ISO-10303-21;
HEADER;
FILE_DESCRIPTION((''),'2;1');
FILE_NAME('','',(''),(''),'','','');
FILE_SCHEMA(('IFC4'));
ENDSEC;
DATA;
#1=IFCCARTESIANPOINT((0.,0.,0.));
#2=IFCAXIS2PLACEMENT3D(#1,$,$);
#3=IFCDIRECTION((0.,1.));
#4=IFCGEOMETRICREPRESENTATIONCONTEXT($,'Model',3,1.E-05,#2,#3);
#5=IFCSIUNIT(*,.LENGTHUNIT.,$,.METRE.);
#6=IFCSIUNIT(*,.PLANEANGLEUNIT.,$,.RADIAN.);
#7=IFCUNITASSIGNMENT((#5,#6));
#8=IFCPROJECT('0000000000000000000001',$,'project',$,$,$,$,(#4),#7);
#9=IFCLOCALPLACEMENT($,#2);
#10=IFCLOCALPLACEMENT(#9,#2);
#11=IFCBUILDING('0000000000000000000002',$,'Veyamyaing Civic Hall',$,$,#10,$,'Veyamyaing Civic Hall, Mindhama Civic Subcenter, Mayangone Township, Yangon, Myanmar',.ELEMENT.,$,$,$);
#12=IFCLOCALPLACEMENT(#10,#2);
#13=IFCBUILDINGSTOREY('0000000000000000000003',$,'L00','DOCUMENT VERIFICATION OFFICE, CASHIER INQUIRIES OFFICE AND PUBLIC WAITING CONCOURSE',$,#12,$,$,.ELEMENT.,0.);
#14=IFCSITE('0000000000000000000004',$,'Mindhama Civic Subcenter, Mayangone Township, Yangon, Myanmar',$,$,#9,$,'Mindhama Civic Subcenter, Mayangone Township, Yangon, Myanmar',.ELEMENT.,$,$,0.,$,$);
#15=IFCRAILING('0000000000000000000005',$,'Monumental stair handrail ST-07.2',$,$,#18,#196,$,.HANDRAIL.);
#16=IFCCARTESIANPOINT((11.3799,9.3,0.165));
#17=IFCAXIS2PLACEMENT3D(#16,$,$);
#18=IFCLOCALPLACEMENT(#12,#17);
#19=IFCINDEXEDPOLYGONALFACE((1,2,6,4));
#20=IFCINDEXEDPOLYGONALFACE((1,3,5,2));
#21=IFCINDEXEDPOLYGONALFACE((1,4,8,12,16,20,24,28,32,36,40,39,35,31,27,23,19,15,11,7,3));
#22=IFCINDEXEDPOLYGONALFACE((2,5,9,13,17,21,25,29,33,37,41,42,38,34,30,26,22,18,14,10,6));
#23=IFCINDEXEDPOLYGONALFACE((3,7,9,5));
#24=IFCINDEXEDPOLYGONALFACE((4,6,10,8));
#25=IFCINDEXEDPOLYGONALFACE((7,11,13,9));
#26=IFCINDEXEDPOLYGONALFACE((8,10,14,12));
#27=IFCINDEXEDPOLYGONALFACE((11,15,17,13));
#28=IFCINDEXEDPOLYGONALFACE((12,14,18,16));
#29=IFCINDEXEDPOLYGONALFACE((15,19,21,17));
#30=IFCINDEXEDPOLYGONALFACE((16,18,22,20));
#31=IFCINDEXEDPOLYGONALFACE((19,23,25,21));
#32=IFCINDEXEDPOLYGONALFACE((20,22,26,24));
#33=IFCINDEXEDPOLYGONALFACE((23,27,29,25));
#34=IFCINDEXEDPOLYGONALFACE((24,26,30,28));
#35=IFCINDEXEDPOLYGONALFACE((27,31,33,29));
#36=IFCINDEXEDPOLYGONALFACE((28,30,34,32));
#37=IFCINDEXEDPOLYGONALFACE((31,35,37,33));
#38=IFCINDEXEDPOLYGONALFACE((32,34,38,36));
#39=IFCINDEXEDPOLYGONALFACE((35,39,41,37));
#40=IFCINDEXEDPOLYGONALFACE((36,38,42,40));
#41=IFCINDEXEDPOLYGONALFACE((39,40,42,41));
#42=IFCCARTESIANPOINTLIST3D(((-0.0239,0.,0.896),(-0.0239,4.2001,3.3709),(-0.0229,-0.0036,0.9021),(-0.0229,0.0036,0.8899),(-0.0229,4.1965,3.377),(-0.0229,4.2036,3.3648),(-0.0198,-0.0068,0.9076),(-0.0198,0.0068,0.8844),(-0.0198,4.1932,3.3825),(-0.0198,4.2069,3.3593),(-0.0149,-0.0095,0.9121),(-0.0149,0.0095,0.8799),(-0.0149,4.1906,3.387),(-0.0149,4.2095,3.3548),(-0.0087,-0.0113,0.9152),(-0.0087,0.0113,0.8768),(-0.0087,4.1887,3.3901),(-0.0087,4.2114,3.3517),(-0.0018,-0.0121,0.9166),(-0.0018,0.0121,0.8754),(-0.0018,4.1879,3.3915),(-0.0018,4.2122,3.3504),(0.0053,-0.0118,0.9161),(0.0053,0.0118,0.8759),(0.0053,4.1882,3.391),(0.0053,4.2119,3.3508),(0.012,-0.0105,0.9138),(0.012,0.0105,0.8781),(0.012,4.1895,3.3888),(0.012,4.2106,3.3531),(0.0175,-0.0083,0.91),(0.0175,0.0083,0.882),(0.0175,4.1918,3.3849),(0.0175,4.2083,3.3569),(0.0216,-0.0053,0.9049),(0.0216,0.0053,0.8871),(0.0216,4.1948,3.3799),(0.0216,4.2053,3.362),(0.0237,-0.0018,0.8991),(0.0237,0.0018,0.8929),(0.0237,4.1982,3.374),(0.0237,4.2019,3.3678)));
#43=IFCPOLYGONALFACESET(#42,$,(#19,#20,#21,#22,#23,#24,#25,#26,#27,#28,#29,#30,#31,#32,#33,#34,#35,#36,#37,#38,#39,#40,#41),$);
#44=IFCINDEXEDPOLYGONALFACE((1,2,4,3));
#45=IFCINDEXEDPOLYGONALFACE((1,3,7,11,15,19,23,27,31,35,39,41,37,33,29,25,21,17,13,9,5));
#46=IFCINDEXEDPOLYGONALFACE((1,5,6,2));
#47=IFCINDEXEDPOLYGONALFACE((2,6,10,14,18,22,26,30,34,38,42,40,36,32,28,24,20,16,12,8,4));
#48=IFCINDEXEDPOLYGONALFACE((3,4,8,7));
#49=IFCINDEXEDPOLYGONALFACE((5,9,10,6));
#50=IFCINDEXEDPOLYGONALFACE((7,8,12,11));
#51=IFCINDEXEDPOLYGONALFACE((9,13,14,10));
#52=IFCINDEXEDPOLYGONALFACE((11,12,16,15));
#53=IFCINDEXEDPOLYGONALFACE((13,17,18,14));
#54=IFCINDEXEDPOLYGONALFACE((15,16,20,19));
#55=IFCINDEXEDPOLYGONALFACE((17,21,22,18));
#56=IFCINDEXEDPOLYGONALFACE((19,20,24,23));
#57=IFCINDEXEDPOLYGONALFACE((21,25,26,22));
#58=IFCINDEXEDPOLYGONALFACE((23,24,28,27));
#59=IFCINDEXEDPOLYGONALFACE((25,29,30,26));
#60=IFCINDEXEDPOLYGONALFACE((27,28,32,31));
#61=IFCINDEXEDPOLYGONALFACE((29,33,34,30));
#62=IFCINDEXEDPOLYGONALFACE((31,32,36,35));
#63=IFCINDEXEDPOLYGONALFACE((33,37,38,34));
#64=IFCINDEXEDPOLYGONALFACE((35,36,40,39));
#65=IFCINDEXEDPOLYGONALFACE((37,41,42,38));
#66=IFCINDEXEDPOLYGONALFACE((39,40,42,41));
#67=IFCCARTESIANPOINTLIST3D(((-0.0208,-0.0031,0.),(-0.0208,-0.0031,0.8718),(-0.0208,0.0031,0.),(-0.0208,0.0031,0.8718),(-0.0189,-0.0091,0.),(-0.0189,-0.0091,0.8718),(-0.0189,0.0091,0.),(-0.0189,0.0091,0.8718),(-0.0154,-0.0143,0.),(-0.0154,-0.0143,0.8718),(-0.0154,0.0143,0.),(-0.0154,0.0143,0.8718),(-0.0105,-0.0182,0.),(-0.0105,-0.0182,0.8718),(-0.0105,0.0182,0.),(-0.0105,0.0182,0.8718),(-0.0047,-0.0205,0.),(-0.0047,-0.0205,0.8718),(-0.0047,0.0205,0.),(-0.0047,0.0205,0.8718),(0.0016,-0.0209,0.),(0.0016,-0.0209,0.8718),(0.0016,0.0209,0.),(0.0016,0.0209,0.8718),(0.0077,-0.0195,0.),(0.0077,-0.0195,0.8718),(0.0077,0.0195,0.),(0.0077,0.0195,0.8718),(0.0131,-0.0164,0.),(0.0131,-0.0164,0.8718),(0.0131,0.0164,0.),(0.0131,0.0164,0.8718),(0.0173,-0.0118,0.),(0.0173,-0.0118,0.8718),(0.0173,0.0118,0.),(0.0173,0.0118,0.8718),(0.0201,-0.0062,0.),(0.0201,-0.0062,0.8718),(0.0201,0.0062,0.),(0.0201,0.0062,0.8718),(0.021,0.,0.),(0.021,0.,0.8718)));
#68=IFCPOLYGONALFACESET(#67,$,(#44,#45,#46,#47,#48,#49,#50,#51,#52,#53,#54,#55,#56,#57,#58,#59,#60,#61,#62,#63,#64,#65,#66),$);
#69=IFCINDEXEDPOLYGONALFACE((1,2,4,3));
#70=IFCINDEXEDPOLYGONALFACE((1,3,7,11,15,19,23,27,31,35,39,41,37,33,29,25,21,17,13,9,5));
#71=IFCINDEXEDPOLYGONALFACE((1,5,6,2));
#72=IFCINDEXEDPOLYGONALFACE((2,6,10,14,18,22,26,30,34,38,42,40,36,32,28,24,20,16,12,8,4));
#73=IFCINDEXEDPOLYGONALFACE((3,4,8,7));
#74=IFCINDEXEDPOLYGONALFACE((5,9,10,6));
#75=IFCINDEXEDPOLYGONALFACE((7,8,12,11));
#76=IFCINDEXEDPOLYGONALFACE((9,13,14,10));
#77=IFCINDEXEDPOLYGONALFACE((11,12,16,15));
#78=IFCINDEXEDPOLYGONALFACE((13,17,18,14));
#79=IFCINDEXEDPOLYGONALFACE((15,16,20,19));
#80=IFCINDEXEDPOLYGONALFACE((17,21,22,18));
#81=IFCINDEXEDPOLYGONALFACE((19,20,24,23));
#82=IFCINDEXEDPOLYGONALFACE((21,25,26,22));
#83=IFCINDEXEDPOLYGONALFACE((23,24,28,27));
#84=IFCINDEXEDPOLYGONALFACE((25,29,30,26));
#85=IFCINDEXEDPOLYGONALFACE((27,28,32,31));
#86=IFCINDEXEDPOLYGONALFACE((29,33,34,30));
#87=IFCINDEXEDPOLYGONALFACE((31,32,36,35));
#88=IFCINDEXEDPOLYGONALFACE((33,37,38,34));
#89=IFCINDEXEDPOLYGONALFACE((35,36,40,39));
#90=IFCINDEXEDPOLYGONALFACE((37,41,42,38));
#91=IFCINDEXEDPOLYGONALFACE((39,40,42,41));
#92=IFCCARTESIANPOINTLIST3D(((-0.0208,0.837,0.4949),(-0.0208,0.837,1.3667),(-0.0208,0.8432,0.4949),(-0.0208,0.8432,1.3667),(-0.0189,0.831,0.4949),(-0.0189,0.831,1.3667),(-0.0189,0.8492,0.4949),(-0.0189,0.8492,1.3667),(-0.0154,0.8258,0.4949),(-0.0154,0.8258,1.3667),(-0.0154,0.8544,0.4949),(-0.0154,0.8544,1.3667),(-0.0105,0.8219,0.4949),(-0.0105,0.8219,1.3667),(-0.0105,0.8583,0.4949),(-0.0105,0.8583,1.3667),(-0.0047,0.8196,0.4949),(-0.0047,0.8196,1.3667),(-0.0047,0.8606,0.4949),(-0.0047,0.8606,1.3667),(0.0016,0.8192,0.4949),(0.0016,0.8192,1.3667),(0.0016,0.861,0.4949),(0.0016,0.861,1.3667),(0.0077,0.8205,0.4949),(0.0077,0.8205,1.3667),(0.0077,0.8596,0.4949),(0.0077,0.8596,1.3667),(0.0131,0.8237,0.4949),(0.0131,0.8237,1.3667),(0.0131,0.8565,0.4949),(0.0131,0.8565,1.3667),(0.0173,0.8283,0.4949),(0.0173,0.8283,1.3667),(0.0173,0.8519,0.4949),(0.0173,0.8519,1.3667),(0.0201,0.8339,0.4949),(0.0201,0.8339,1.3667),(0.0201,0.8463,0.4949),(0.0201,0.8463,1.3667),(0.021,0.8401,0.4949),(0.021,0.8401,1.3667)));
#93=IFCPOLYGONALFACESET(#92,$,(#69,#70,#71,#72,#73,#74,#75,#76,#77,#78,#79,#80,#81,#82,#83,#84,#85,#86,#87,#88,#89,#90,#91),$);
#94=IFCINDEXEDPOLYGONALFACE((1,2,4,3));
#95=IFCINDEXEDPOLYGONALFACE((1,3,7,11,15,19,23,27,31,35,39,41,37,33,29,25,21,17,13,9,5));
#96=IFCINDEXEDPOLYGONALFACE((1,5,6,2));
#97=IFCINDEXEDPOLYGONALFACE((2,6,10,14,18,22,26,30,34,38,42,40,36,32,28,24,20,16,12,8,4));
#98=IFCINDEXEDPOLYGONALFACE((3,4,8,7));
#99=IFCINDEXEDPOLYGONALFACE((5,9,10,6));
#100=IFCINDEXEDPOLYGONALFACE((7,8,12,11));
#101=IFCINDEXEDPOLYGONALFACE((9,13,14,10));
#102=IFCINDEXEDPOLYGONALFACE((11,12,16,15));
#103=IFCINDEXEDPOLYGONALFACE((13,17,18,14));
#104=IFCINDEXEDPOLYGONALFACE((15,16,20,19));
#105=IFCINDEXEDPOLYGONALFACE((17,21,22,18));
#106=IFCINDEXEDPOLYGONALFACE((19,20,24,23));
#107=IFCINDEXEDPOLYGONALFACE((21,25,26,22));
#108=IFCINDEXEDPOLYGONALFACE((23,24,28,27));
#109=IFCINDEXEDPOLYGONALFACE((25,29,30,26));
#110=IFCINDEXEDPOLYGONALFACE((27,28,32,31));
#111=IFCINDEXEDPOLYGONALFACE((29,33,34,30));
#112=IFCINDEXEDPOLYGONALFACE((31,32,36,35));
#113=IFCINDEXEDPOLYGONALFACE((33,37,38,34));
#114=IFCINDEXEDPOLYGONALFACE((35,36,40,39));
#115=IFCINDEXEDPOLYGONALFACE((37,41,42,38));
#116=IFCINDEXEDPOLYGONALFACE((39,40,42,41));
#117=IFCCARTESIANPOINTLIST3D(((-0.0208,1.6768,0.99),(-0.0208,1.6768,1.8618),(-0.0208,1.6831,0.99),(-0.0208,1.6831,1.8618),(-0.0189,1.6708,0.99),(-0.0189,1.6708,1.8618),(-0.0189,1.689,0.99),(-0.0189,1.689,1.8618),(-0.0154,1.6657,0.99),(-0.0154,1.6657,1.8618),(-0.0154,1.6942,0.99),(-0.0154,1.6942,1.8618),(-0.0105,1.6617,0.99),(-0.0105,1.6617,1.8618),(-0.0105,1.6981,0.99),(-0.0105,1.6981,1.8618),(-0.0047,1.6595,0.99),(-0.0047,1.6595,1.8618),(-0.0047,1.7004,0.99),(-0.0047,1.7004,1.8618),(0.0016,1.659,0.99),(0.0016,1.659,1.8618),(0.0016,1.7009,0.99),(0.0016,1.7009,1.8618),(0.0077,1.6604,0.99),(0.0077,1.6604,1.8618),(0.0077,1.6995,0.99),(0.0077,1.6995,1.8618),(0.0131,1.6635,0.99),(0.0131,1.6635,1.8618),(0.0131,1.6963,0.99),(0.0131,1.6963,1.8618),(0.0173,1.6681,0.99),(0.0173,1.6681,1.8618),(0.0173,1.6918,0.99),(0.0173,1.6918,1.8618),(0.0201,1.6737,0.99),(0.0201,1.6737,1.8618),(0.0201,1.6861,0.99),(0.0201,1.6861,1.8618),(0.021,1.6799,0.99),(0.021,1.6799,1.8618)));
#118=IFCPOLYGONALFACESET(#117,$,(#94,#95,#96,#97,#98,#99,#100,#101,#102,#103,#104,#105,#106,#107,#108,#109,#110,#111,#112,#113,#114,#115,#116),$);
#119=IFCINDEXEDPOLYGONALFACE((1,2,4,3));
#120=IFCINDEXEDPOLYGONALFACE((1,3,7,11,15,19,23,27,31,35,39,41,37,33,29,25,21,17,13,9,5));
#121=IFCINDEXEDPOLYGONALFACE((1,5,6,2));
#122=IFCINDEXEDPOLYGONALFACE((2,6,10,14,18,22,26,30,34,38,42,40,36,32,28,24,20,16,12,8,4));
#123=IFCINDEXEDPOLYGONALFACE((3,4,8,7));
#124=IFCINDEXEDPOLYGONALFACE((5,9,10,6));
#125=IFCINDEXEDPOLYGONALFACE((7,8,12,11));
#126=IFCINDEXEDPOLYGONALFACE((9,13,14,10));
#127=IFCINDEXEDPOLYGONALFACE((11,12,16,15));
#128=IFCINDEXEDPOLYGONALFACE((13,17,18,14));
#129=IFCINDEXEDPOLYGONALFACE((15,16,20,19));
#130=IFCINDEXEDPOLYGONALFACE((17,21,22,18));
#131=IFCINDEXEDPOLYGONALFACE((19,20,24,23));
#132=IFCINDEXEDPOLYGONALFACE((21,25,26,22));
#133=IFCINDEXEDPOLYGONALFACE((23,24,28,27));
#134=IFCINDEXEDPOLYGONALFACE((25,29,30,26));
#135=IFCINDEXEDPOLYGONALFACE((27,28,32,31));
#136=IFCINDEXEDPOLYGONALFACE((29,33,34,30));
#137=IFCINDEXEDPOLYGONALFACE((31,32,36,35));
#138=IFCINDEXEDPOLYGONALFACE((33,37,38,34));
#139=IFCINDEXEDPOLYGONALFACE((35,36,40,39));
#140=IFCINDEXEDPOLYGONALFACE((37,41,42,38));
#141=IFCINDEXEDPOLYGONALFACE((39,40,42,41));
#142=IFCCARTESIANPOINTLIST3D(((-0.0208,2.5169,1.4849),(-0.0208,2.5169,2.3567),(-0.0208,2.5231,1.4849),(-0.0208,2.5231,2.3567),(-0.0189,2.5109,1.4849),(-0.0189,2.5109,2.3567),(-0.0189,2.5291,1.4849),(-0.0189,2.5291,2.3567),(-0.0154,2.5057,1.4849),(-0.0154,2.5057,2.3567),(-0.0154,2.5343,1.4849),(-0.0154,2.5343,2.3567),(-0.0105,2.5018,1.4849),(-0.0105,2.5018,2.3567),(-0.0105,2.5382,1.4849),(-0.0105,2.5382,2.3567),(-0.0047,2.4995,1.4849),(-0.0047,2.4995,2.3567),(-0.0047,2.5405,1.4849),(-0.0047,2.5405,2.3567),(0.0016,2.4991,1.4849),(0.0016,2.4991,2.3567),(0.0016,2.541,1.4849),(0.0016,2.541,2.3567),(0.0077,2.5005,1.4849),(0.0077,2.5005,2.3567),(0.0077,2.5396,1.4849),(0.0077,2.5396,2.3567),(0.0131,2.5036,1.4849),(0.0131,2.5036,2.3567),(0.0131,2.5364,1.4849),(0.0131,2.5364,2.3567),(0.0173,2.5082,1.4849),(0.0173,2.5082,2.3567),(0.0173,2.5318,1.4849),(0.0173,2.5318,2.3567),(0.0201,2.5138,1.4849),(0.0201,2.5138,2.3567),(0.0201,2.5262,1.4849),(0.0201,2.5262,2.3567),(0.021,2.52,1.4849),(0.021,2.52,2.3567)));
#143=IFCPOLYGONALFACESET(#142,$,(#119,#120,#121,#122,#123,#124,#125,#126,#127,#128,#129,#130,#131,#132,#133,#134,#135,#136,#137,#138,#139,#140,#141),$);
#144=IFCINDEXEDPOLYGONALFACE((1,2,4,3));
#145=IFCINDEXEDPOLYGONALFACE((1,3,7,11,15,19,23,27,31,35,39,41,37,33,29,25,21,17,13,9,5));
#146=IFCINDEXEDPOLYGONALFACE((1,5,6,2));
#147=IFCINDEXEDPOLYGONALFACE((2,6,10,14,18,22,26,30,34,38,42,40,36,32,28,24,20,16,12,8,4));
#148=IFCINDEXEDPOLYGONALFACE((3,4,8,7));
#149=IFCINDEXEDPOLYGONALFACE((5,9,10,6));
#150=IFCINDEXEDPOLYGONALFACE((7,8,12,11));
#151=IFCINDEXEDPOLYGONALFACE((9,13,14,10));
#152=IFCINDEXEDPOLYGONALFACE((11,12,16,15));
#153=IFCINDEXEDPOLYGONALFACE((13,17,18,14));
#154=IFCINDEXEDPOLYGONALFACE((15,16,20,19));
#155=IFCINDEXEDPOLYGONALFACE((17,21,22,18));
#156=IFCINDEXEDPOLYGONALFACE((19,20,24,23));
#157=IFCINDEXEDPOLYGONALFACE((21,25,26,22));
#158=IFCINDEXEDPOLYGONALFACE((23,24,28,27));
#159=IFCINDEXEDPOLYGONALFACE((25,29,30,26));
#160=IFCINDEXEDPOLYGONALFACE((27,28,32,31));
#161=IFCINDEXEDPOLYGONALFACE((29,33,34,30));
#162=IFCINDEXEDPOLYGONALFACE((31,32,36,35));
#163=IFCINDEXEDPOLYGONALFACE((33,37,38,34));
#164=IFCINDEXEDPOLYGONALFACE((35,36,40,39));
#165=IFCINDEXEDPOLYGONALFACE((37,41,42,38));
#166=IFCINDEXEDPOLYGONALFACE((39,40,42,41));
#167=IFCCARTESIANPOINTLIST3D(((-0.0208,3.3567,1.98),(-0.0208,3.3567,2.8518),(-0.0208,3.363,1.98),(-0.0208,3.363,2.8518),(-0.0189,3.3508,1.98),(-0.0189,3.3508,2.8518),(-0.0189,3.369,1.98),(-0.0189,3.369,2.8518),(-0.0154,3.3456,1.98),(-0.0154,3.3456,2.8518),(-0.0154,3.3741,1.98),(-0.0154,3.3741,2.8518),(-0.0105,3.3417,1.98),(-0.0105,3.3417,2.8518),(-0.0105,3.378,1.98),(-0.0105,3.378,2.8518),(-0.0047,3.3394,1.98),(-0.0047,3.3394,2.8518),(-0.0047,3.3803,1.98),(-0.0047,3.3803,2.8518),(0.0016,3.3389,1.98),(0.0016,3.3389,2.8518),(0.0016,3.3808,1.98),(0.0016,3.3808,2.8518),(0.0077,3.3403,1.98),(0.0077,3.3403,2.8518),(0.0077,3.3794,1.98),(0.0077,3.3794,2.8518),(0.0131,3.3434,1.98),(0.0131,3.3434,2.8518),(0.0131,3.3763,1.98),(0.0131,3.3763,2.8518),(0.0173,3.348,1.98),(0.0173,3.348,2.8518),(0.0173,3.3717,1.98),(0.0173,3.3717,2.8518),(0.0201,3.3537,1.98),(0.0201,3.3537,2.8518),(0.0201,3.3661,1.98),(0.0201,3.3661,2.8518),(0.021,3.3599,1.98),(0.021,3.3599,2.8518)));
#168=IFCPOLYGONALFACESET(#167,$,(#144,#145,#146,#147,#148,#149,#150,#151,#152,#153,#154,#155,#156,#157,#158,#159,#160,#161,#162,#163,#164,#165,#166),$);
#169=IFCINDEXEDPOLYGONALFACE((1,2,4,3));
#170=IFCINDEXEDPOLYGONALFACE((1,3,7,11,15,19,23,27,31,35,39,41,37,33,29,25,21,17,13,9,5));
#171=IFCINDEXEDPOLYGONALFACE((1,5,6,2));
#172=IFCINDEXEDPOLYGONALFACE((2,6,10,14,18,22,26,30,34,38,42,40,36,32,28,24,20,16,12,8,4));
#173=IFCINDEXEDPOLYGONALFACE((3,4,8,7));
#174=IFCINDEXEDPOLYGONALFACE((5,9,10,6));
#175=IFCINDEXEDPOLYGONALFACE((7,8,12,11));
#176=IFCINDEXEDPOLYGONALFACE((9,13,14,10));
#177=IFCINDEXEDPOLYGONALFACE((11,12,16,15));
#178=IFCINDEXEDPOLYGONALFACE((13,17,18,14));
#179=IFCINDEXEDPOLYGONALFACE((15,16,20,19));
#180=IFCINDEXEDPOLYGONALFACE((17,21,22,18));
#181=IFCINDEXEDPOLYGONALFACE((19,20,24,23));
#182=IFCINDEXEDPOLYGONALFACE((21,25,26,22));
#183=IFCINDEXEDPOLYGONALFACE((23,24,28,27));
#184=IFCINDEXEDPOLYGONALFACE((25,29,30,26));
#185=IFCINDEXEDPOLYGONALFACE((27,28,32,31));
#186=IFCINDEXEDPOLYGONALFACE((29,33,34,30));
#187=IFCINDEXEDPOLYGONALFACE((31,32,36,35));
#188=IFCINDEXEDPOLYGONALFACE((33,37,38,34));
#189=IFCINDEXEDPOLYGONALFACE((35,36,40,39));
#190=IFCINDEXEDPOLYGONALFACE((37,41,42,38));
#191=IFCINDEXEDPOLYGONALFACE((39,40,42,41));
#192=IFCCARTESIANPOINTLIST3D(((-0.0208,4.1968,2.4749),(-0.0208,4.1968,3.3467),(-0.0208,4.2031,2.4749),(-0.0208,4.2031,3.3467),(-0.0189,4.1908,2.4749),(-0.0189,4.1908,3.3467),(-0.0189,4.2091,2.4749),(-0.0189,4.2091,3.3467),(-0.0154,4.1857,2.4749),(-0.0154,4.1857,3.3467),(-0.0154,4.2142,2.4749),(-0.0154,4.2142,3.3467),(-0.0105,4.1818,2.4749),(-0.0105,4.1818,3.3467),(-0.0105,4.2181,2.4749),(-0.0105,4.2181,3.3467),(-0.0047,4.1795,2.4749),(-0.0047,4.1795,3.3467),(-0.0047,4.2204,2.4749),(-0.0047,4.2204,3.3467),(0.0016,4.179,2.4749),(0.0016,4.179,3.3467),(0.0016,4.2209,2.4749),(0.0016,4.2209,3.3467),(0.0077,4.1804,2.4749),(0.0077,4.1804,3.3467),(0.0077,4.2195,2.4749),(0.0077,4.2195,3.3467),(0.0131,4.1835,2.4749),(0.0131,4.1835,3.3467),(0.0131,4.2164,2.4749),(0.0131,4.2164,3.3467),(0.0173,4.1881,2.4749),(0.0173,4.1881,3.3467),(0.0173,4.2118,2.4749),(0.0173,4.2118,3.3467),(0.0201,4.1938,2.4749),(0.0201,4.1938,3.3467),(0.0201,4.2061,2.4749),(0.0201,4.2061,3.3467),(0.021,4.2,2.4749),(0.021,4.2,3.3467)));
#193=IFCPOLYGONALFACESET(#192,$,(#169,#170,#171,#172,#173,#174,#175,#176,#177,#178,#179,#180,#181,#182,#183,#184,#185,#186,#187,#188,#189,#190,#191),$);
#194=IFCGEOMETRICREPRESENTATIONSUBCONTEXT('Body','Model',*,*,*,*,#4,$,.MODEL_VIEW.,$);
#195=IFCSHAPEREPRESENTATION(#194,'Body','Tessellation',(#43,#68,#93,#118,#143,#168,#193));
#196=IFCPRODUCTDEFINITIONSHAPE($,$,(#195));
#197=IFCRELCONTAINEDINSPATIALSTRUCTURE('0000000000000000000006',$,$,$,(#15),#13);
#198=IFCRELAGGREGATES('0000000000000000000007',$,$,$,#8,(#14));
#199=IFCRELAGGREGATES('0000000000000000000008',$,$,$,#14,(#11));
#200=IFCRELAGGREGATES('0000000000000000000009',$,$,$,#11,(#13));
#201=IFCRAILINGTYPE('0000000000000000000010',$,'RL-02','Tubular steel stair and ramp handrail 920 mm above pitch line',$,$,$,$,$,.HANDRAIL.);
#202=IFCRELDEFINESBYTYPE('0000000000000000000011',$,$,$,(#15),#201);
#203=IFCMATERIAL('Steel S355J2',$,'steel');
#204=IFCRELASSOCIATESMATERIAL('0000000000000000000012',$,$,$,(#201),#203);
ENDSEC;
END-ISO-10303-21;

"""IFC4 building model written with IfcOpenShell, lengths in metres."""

from ifc_helpers import new_model, si_unit, direction, frame, origin, origin_2d, place, context, subcontext, project, spatial, circle, extrude, material, type_object, element, save


model = new_model("IFC4")

# Units and contexts
model_context = context("Model", 3, precision=1e-05, world=origin(), true_north=direction((0.0, 1.0)))
body_context = subcontext(model_context, "Body", "Model", "MODEL_VIEW")
ifc_project = project(units=[si_unit("LENGTHUNIT", "METRE"), si_unit("PLANEANGLEUNIT", "RADIAN")], contexts=[model_context])

# Site, building, storey
site_placement = place(None, origin())
site = spatial("IfcSite", under=ifc_project, at=site_placement, Name="Mindhama Civic Subcenter, Mayangone Township, Yangon, Myanmar", LongName="Mindhama Civic Subcenter, Mayangone Township, Yangon, Myanmar", CompositionType="ELEMENT", RefElevation=0.0)
building_placement = place(site_placement, origin())
building = spatial("IfcBuilding", under=site, at=building_placement, Name="Veyamyaing Civic Hall", LongName="Veyamyaing Civic Hall, Mindhama Civic Subcenter, Mayangone Township, Yangon, Myanmar", CompositionType="ELEMENT")
storey_placement = place(building_placement, origin())
storey = spatial("IfcBuildingStorey", under=building, at=storey_placement, Name="L00", Description="DOCUMENT VERIFICATION OFFICE, CASHIER INQUIRIES OFFICE AND PUBLIC WAITING CONCOURSE", CompositionType="ELEMENT", Elevation=0.0)

# Railing
ifc_material_1 = material(Name="Steel S355J2", Category="steel")
railing_type_1 = type_object("IfcRailingType", Name="RL-02", Description="Tubular steel stair and ramp handrail 920 mm above pitch line", PredefinedType="HANDRAIL", material=ifc_material_1)
railing_1_placement = place(storey_placement, frame((11.3799, 9.3, 0.165)))
element("IfcRailing", 1, at=railing_1_placement, inside=storey, type_object=railing_type_1, Name="Monumental stair handrail ST-07.2", PredefinedType="HANDRAIL", context=body_context, shape_type="SweptSolid", body=[
    extrude(circle(Radius=0.0239, at=origin_2d()), frame((0.0, 0.0, 0.896), z_axis=(0.0, 0.861549, 0.507674), x_axis=(-1.0, 0.0, 0.0)), (0.0, 0.0, 1.0), 4.875),
    extrude(circle(Radius=0.021, at=origin_2d()), origin(), (0.0, 0.0, 1.0), 0.8718),
    extrude(circle(Radius=0.021, at=origin_2d()), frame((0.0, 0.8401, 0.4949)), (0.0, 0.0, 1.0), 0.8718),
    extrude(circle(Radius=0.021, at=origin_2d()), frame((0.0, 1.6799, 0.99)), (0.0, 0.0, 1.0), 0.8718),
    extrude(circle(Radius=0.021, at=origin_2d()), frame((0.0, 2.52, 1.4849)), (0.0, 0.0, 1.0), 0.8718),
    extrude(circle(Radius=0.021, at=origin_2d()), frame((0.0, 3.3599, 1.98)), (0.0, 0.0, 1.0), 0.8718),
    extrude(circle(Radius=0.021, at=origin_2d()), frame((0.0, 4.2, 2.4749)), (0.0, 0.0, 1.0), 0.8718),
])

save(model, "model.ifc")
